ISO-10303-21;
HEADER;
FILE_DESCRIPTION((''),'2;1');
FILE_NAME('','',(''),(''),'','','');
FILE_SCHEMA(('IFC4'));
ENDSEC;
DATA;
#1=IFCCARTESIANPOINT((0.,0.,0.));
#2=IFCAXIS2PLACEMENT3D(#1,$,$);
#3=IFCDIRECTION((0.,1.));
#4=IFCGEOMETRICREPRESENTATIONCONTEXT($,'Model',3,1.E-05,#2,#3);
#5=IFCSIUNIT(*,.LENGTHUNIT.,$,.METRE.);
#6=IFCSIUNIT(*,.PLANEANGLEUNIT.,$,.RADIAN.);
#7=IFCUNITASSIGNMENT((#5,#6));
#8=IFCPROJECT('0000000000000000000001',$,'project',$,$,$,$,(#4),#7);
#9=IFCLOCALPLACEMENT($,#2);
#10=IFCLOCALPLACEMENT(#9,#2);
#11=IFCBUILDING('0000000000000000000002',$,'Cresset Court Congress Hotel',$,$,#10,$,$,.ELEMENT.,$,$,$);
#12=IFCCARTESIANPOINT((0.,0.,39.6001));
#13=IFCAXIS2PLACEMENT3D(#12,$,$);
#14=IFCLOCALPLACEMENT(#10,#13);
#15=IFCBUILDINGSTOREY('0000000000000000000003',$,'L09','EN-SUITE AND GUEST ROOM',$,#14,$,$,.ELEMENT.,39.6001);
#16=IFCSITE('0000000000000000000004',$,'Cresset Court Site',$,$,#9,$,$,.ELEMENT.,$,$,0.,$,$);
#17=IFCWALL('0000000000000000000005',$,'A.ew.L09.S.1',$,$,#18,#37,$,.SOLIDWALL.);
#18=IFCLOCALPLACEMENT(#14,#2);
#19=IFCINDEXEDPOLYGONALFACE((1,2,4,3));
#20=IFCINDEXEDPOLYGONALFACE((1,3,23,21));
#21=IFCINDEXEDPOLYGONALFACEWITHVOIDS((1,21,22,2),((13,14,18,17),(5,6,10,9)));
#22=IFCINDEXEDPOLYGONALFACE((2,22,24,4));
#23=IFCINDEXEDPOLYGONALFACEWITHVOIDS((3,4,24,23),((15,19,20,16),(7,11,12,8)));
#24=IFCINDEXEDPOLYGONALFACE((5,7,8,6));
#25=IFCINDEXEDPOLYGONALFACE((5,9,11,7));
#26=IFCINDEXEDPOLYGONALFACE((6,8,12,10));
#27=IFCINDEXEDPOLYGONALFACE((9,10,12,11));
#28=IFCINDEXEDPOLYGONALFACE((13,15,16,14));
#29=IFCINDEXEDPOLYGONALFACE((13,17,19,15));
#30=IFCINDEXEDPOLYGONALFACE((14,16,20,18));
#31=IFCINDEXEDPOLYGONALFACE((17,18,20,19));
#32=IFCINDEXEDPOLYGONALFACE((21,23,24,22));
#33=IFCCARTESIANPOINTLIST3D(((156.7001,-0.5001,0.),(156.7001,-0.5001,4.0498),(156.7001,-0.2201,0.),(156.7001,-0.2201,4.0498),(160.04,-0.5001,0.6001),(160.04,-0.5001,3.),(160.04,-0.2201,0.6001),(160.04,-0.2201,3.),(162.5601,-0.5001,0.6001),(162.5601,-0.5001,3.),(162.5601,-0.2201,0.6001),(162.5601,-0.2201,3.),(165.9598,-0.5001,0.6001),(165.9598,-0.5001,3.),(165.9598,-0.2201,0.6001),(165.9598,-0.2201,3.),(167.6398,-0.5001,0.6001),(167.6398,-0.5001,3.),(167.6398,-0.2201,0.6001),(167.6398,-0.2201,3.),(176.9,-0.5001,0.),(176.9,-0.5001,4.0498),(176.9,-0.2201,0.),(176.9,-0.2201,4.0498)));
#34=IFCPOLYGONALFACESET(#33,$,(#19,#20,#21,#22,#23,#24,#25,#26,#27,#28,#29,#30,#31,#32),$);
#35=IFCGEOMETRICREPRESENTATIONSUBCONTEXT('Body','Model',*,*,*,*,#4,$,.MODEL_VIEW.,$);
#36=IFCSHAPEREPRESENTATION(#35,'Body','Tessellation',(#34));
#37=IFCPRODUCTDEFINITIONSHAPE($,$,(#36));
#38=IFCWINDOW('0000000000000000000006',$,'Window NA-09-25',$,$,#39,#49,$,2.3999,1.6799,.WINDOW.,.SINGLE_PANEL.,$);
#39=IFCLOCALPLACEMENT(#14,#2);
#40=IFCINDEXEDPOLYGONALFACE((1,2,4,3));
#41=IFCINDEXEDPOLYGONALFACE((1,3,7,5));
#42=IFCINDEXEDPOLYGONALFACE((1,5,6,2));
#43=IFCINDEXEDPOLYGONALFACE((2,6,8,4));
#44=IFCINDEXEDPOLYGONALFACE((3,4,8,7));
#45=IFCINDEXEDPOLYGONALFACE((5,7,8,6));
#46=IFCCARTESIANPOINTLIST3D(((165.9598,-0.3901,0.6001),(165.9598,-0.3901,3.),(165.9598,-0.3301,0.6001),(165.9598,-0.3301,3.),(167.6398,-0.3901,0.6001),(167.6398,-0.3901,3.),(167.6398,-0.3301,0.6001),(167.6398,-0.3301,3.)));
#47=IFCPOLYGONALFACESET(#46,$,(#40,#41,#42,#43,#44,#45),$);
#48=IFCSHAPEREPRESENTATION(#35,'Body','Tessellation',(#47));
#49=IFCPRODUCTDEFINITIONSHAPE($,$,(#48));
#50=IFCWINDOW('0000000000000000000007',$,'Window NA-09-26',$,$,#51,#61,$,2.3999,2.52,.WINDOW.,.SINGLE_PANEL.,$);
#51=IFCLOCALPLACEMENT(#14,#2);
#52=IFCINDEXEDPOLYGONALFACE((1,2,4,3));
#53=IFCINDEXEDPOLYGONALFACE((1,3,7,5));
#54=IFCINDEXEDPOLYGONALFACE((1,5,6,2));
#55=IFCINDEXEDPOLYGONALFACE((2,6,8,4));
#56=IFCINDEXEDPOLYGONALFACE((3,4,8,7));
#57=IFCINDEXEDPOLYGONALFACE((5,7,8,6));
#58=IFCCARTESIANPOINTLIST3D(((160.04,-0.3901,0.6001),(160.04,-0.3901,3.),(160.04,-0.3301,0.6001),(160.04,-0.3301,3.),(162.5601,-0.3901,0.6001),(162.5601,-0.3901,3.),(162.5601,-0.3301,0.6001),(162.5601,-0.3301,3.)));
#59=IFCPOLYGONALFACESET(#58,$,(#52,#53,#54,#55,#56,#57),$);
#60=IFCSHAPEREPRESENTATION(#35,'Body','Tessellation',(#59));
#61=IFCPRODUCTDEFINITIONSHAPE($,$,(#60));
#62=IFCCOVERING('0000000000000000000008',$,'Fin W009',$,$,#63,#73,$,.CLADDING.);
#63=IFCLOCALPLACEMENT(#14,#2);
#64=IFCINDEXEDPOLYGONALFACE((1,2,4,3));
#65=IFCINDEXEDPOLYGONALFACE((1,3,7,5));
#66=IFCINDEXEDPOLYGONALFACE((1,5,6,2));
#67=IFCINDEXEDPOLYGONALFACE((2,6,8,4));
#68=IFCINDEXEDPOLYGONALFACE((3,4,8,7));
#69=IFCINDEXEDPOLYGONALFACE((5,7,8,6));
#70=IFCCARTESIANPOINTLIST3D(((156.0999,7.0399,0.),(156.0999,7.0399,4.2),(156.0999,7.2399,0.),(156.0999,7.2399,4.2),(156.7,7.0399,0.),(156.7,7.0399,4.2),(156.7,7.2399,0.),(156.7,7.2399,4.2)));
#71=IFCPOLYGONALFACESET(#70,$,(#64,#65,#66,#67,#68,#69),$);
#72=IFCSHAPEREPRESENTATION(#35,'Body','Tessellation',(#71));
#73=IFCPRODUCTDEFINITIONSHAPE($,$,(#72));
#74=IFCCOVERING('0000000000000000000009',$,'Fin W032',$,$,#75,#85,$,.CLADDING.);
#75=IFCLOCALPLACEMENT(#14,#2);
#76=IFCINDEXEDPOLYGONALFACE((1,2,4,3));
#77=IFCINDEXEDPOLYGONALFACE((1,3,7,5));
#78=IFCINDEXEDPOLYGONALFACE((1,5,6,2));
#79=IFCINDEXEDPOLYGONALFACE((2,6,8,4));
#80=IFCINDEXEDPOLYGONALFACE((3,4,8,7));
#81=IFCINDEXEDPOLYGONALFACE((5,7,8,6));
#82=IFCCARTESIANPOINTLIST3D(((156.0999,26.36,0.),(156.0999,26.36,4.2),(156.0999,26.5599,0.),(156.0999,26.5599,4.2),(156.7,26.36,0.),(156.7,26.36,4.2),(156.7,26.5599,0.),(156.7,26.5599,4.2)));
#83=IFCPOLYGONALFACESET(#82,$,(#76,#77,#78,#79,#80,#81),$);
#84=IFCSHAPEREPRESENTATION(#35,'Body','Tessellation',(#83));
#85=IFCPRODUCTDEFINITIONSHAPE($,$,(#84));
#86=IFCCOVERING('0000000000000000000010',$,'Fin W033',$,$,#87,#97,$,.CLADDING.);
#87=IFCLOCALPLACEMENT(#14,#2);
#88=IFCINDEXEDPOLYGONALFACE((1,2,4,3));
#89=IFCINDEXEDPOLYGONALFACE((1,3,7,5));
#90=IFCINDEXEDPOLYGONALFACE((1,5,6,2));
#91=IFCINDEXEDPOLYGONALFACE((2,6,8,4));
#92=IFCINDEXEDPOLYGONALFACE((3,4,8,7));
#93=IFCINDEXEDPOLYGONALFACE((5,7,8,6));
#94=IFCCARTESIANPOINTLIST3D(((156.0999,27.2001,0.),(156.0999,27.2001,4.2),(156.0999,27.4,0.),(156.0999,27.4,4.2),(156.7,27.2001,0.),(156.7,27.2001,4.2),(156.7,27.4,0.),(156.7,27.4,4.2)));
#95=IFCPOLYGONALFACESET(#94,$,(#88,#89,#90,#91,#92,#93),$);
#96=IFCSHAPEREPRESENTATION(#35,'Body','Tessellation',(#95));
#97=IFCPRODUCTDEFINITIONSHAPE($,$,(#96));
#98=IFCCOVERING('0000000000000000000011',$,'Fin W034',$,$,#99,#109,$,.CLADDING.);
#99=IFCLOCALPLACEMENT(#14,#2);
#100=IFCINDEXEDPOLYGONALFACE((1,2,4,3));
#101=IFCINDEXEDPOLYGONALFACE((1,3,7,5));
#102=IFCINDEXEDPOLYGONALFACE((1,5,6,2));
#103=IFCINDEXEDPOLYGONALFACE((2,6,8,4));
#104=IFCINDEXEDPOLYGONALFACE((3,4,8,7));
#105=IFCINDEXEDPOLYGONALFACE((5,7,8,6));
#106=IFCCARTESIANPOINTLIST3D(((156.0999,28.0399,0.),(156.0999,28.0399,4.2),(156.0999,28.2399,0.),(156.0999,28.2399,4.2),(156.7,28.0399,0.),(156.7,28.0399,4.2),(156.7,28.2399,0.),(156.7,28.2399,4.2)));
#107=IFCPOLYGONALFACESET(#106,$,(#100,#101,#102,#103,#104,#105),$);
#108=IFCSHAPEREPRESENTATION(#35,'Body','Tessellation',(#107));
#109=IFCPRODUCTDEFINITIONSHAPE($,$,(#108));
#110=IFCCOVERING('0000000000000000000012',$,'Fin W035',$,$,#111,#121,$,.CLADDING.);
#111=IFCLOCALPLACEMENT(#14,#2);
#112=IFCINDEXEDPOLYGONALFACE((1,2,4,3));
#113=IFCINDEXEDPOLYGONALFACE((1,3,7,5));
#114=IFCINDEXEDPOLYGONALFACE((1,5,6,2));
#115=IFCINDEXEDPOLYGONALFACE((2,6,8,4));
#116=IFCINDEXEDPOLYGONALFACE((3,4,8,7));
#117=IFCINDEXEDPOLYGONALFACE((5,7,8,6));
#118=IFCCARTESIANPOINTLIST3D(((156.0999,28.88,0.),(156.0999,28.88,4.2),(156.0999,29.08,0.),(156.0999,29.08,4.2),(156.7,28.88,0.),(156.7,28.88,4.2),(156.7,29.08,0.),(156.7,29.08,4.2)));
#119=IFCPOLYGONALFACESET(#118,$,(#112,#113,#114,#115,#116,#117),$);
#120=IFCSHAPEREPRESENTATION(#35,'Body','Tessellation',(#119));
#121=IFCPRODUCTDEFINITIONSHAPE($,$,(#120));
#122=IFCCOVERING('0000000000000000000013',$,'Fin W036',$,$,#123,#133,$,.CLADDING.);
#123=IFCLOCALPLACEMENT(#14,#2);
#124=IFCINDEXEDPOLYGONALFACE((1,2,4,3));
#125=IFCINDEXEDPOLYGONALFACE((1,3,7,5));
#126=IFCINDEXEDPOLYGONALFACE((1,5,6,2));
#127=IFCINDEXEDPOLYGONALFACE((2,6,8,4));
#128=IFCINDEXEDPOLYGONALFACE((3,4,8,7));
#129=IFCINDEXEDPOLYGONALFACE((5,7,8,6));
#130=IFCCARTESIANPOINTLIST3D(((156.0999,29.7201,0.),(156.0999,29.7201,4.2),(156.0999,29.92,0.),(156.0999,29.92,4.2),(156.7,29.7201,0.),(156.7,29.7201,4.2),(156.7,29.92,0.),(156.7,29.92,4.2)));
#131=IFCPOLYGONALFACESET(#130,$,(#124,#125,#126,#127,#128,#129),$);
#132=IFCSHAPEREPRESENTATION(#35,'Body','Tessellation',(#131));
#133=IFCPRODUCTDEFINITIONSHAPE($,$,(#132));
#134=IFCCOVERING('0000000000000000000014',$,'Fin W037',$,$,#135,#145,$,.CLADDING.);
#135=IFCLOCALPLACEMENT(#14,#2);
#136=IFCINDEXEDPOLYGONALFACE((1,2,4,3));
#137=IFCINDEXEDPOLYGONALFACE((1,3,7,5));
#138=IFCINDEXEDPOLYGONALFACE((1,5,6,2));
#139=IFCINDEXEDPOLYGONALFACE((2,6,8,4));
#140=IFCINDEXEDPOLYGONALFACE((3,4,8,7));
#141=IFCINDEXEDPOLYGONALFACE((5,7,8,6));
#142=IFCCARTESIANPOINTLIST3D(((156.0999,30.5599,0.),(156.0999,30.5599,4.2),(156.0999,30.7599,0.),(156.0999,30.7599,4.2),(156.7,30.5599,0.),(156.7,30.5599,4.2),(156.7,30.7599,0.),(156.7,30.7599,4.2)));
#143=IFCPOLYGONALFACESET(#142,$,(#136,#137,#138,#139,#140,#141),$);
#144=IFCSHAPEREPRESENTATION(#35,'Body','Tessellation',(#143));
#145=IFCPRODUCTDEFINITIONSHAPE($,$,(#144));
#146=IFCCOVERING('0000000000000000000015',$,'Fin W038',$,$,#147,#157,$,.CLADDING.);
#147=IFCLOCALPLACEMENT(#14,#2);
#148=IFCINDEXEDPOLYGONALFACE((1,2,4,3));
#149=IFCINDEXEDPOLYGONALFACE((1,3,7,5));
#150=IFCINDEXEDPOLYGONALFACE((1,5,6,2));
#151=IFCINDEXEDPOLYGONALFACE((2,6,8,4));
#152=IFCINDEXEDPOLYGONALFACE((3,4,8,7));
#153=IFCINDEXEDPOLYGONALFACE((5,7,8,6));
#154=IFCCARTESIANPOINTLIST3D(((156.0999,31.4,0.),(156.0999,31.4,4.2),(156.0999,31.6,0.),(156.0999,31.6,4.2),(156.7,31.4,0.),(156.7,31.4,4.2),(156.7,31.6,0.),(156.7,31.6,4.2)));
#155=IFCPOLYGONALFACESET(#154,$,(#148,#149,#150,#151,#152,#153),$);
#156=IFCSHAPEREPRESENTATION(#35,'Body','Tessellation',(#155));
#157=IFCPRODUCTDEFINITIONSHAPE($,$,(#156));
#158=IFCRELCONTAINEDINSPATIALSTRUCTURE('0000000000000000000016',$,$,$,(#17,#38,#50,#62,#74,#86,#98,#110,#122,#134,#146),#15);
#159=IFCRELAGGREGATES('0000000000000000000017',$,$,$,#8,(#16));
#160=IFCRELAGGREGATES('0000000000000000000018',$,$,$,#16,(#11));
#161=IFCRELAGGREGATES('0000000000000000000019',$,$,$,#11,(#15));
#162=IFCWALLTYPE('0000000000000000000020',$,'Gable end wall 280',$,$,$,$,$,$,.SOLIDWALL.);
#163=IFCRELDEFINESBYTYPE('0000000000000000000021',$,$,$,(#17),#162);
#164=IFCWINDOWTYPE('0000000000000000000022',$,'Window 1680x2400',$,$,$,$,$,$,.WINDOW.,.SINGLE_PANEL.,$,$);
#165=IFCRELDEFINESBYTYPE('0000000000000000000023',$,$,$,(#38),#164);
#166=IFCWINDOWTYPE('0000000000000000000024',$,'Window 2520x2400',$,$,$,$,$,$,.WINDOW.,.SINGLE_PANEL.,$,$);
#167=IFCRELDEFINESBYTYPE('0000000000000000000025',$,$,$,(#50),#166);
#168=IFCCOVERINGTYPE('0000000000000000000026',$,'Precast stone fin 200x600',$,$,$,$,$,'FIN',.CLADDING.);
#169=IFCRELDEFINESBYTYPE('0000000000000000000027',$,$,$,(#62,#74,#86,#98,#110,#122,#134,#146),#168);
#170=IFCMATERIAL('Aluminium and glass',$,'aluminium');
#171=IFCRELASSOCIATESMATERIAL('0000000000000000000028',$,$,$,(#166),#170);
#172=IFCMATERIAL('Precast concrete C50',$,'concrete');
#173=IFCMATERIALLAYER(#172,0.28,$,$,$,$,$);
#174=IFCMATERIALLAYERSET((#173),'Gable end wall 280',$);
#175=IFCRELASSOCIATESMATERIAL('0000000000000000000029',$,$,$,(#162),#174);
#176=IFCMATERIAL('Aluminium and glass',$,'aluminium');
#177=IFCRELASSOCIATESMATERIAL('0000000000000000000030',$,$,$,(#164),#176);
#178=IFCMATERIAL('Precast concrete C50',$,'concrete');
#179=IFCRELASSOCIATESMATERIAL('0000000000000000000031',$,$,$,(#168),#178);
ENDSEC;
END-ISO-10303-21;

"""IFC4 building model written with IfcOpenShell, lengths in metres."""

from ifc_helpers import new_model, si_unit, direction, frame, frame_2d, origin, origin_2d, place, context, subcontext, project, spatial, rectangle, extrude, material, layer, layer_set, type_object, element, fill, save


model = new_model("IFC4")

# Units and contexts
model_context = context("Model", 3, precision=1e-05, world=origin(), true_north=direction((0.0, 1.0)))
body_context = subcontext(model_context, "Body", "Model", "MODEL_VIEW")
ifc_project = project(units=[si_unit("LENGTHUNIT", "METRE"), si_unit("PLANEANGLEUNIT", "RADIAN")], contexts=[model_context])

# Site, building, storey
site_placement = place(None, origin())
site = spatial("IfcSite", under=ifc_project, at=site_placement, Name="Cresset Court Site", CompositionType="ELEMENT", RefElevation=0.0)
building_placement = place(site_placement, origin())
building = spatial("IfcBuilding", under=site, at=building_placement, Name="Cresset Court Congress Hotel", CompositionType="ELEMENT")
storey_placement = place(building_placement, frame((0.0, 0.0, 39.6001)))
storey = spatial("IfcBuildingStorey", under=building, at=storey_placement, Name="L09", Description="EN-SUITE AND GUEST ROOM", CompositionType="ELEMENT", Elevation=39.6001)

# Shared definitions
ifc_material_1 = material(Name="Aluminium and glass", Category="aluminium")
window_type_1 = type_object("IfcWindowType", Name="Window 2520x2400", PartitioningType="SINGLE_PANEL", PredefinedType="WINDOW", material=ifc_material_1)

# Wall, openings, windows
ifc_material_2 = material(Name="Precast concrete C50", Category="concrete")
ifc_layer_1 = layer(ifc_material_2, 0.28)
ifc_layer_set_1 = layer_set([ifc_layer_1], Name="Gable end wall 280")
wall_type_1 = type_object("IfcWallType", Name="Gable end wall 280", PredefinedType="SOLIDWALL", material=ifc_layer_set_1)
wall_1_placement = place(storey_placement, frame((156.7, -0.3601, 0.0), z_axis=(0.0, 0.0, 1.0), x_axis=(1.0, 0.0, 0.0)))
wall_1 = element("IfcWall", 1, at=wall_1_placement, inside=storey, type_object=wall_type_1, Name="A.ew.L09.S.1", PredefinedType="SOLIDWALL", context=body_context, shape_type="SweptSolid", body=[
    extrude(rectangle(XDim=20.2, YDim=0.28, at=frame_2d((10.1001, 0.0))), origin(), (0.0, 0.0, 1.0), 4.0498),
])
opening_1_placement = place(wall_1_placement, frame((9.26, 0.0, 0.6001)))
opening_1 = element("IfcOpeningElement", 2, at=opening_1_placement, cuts=wall_1, PredefinedType="OPENING", context=body_context, shape_type="SweptSolid", body=[
    extrude(rectangle(XDim=1.6799, YDim=2.3999, at=frame_2d((0.8398, 1.2))), frame((0.0, 0.1499, 0.0), z_axis=(0.0, -1.0, 0.0), x_axis=(1.0, 0.0, 0.0)), (0.0, 0.0, 1.0), 0.3),
])
opening_2_placement = place(wall_1_placement, frame((3.3401, 0.0, 0.6001)))
opening_2 = element("IfcOpeningElement", 3, at=opening_2_placement, cuts=wall_1, PredefinedType="OPENING", context=body_context, shape_type="SweptSolid", body=[
    extrude(rectangle(XDim=2.52, YDim=2.3999, at=frame_2d((1.26, 1.2))), frame((0.0, 0.1499, 0.0), z_axis=(0.0, -1.0, 0.0), x_axis=(1.0, 0.0, 0.0)), (0.0, 0.0, 1.0), 0.3),
])
ifc_material_3 = material(Name="Aluminium and glass", Category="aluminium")
window_type_2 = type_object("IfcWindowType", Name="Window 1680x2400", PartitioningType="SINGLE_PANEL", PredefinedType="WINDOW", material=ifc_material_3)
window_1_placement = place(opening_1_placement, origin())
window_1 = element("IfcWindow", 4, at=window_1_placement, inside=storey, type_object=window_type_2, Name="Window NA-09-25", OverallHeight=2.3999, OverallWidth=1.6799, PartitioningType="SINGLE_PANEL", PredefinedType="WINDOW", context=body_context, shape_type="SweptSolid", body=[
    extrude(rectangle(XDim=1.6799, YDim=2.3999, at=frame_2d((0.8398, 1.2))), frame((0.0, 0.03, 0.0), z_axis=(0.0, -1.0, 0.0), x_axis=(1.0, 0.0, 0.0)), (0.0, 0.0, 1.0), 0.0601),
])
fill(opening_1, window_1)
window_2_placement = place(opening_2_placement, origin())
window_2 = element("IfcWindow", 5, at=window_2_placement, inside=storey, type_object=window_type_1, Name="Window NA-09-26", OverallHeight=2.3999, OverallWidth=2.52, PartitioningType="SINGLE_PANEL", PredefinedType="WINDOW", context=body_context, shape_type="SweptSolid", body=[
    extrude(rectangle(XDim=2.52, YDim=2.3999, at=frame_2d((1.26, 1.2))), frame((0.0, 0.03, 0.0), z_axis=(0.0, -1.0, 0.0), x_axis=(1.0, 0.0, 0.0)), (0.0, 0.0, 1.0), 0.0601),
])
fill(opening_2, window_2)

# Coverings
ifc_material_4 = material(Name="Precast concrete C50", Category="concrete")
covering_type = type_object("IfcCoveringType", Name="Precast stone fin 200x600", ElementType="FIN", PredefinedType="CLADDING", material=ifc_material_4)
for number, where, z_axis, x_axis, name in (
    (6, (156.3999, 7.1399, 0.0), (0.0, 0.0, 1.0), (1.0, 0.0, 0.0), "Fin W009"),
    (7, (156.3999, 26.46, 0.0), (0.0, 0.0, 1.0), (1.0, 0.0, 0.0), "Fin W032"),
    (8, (156.3999, 27.3, 0.0), (0.0, 0.0, 1.0), (1.0, 0.0, 0.0), "Fin W033"),
    (9, (156.3999, 28.1399, 0.0), (0.0, 0.0, 1.0), (1.0, 0.0, 0.0), "Fin W034"),
    (10, (156.3999, 28.98, 0.0), (0.0, 0.0, 1.0), (1.0, 0.0, 0.0), "Fin W035"),
    (11, (156.3999, 29.8201, 0.0), (0.0, 0.0, 1.0), (1.0, 0.0, 0.0), "Fin W036"),
    (12, (156.3999, 30.6599, 0.0), (0.0, 0.0, 1.0), (1.0, 0.0, 0.0), "Fin W037"),
    (13, (156.3999, 31.5, 0.0), (0.0, 0.0, 1.0), (1.0, 0.0, 0.0), "Fin W038"),
):
    element("IfcCovering", number, at=place(storey_placement, frame(where, z_axis=z_axis, x_axis=x_axis)), inside=storey, type_object=covering_type, Name=name, PredefinedType="CLADDING", context=body_context, shape_type="SweptSolid", body=[
        extrude(rectangle(XDim=0.6001, YDim=0.2, at=origin_2d()), origin(), (0.0, 0.0, 1.0), 4.2),
    ])

save(model, "model.ifc")
